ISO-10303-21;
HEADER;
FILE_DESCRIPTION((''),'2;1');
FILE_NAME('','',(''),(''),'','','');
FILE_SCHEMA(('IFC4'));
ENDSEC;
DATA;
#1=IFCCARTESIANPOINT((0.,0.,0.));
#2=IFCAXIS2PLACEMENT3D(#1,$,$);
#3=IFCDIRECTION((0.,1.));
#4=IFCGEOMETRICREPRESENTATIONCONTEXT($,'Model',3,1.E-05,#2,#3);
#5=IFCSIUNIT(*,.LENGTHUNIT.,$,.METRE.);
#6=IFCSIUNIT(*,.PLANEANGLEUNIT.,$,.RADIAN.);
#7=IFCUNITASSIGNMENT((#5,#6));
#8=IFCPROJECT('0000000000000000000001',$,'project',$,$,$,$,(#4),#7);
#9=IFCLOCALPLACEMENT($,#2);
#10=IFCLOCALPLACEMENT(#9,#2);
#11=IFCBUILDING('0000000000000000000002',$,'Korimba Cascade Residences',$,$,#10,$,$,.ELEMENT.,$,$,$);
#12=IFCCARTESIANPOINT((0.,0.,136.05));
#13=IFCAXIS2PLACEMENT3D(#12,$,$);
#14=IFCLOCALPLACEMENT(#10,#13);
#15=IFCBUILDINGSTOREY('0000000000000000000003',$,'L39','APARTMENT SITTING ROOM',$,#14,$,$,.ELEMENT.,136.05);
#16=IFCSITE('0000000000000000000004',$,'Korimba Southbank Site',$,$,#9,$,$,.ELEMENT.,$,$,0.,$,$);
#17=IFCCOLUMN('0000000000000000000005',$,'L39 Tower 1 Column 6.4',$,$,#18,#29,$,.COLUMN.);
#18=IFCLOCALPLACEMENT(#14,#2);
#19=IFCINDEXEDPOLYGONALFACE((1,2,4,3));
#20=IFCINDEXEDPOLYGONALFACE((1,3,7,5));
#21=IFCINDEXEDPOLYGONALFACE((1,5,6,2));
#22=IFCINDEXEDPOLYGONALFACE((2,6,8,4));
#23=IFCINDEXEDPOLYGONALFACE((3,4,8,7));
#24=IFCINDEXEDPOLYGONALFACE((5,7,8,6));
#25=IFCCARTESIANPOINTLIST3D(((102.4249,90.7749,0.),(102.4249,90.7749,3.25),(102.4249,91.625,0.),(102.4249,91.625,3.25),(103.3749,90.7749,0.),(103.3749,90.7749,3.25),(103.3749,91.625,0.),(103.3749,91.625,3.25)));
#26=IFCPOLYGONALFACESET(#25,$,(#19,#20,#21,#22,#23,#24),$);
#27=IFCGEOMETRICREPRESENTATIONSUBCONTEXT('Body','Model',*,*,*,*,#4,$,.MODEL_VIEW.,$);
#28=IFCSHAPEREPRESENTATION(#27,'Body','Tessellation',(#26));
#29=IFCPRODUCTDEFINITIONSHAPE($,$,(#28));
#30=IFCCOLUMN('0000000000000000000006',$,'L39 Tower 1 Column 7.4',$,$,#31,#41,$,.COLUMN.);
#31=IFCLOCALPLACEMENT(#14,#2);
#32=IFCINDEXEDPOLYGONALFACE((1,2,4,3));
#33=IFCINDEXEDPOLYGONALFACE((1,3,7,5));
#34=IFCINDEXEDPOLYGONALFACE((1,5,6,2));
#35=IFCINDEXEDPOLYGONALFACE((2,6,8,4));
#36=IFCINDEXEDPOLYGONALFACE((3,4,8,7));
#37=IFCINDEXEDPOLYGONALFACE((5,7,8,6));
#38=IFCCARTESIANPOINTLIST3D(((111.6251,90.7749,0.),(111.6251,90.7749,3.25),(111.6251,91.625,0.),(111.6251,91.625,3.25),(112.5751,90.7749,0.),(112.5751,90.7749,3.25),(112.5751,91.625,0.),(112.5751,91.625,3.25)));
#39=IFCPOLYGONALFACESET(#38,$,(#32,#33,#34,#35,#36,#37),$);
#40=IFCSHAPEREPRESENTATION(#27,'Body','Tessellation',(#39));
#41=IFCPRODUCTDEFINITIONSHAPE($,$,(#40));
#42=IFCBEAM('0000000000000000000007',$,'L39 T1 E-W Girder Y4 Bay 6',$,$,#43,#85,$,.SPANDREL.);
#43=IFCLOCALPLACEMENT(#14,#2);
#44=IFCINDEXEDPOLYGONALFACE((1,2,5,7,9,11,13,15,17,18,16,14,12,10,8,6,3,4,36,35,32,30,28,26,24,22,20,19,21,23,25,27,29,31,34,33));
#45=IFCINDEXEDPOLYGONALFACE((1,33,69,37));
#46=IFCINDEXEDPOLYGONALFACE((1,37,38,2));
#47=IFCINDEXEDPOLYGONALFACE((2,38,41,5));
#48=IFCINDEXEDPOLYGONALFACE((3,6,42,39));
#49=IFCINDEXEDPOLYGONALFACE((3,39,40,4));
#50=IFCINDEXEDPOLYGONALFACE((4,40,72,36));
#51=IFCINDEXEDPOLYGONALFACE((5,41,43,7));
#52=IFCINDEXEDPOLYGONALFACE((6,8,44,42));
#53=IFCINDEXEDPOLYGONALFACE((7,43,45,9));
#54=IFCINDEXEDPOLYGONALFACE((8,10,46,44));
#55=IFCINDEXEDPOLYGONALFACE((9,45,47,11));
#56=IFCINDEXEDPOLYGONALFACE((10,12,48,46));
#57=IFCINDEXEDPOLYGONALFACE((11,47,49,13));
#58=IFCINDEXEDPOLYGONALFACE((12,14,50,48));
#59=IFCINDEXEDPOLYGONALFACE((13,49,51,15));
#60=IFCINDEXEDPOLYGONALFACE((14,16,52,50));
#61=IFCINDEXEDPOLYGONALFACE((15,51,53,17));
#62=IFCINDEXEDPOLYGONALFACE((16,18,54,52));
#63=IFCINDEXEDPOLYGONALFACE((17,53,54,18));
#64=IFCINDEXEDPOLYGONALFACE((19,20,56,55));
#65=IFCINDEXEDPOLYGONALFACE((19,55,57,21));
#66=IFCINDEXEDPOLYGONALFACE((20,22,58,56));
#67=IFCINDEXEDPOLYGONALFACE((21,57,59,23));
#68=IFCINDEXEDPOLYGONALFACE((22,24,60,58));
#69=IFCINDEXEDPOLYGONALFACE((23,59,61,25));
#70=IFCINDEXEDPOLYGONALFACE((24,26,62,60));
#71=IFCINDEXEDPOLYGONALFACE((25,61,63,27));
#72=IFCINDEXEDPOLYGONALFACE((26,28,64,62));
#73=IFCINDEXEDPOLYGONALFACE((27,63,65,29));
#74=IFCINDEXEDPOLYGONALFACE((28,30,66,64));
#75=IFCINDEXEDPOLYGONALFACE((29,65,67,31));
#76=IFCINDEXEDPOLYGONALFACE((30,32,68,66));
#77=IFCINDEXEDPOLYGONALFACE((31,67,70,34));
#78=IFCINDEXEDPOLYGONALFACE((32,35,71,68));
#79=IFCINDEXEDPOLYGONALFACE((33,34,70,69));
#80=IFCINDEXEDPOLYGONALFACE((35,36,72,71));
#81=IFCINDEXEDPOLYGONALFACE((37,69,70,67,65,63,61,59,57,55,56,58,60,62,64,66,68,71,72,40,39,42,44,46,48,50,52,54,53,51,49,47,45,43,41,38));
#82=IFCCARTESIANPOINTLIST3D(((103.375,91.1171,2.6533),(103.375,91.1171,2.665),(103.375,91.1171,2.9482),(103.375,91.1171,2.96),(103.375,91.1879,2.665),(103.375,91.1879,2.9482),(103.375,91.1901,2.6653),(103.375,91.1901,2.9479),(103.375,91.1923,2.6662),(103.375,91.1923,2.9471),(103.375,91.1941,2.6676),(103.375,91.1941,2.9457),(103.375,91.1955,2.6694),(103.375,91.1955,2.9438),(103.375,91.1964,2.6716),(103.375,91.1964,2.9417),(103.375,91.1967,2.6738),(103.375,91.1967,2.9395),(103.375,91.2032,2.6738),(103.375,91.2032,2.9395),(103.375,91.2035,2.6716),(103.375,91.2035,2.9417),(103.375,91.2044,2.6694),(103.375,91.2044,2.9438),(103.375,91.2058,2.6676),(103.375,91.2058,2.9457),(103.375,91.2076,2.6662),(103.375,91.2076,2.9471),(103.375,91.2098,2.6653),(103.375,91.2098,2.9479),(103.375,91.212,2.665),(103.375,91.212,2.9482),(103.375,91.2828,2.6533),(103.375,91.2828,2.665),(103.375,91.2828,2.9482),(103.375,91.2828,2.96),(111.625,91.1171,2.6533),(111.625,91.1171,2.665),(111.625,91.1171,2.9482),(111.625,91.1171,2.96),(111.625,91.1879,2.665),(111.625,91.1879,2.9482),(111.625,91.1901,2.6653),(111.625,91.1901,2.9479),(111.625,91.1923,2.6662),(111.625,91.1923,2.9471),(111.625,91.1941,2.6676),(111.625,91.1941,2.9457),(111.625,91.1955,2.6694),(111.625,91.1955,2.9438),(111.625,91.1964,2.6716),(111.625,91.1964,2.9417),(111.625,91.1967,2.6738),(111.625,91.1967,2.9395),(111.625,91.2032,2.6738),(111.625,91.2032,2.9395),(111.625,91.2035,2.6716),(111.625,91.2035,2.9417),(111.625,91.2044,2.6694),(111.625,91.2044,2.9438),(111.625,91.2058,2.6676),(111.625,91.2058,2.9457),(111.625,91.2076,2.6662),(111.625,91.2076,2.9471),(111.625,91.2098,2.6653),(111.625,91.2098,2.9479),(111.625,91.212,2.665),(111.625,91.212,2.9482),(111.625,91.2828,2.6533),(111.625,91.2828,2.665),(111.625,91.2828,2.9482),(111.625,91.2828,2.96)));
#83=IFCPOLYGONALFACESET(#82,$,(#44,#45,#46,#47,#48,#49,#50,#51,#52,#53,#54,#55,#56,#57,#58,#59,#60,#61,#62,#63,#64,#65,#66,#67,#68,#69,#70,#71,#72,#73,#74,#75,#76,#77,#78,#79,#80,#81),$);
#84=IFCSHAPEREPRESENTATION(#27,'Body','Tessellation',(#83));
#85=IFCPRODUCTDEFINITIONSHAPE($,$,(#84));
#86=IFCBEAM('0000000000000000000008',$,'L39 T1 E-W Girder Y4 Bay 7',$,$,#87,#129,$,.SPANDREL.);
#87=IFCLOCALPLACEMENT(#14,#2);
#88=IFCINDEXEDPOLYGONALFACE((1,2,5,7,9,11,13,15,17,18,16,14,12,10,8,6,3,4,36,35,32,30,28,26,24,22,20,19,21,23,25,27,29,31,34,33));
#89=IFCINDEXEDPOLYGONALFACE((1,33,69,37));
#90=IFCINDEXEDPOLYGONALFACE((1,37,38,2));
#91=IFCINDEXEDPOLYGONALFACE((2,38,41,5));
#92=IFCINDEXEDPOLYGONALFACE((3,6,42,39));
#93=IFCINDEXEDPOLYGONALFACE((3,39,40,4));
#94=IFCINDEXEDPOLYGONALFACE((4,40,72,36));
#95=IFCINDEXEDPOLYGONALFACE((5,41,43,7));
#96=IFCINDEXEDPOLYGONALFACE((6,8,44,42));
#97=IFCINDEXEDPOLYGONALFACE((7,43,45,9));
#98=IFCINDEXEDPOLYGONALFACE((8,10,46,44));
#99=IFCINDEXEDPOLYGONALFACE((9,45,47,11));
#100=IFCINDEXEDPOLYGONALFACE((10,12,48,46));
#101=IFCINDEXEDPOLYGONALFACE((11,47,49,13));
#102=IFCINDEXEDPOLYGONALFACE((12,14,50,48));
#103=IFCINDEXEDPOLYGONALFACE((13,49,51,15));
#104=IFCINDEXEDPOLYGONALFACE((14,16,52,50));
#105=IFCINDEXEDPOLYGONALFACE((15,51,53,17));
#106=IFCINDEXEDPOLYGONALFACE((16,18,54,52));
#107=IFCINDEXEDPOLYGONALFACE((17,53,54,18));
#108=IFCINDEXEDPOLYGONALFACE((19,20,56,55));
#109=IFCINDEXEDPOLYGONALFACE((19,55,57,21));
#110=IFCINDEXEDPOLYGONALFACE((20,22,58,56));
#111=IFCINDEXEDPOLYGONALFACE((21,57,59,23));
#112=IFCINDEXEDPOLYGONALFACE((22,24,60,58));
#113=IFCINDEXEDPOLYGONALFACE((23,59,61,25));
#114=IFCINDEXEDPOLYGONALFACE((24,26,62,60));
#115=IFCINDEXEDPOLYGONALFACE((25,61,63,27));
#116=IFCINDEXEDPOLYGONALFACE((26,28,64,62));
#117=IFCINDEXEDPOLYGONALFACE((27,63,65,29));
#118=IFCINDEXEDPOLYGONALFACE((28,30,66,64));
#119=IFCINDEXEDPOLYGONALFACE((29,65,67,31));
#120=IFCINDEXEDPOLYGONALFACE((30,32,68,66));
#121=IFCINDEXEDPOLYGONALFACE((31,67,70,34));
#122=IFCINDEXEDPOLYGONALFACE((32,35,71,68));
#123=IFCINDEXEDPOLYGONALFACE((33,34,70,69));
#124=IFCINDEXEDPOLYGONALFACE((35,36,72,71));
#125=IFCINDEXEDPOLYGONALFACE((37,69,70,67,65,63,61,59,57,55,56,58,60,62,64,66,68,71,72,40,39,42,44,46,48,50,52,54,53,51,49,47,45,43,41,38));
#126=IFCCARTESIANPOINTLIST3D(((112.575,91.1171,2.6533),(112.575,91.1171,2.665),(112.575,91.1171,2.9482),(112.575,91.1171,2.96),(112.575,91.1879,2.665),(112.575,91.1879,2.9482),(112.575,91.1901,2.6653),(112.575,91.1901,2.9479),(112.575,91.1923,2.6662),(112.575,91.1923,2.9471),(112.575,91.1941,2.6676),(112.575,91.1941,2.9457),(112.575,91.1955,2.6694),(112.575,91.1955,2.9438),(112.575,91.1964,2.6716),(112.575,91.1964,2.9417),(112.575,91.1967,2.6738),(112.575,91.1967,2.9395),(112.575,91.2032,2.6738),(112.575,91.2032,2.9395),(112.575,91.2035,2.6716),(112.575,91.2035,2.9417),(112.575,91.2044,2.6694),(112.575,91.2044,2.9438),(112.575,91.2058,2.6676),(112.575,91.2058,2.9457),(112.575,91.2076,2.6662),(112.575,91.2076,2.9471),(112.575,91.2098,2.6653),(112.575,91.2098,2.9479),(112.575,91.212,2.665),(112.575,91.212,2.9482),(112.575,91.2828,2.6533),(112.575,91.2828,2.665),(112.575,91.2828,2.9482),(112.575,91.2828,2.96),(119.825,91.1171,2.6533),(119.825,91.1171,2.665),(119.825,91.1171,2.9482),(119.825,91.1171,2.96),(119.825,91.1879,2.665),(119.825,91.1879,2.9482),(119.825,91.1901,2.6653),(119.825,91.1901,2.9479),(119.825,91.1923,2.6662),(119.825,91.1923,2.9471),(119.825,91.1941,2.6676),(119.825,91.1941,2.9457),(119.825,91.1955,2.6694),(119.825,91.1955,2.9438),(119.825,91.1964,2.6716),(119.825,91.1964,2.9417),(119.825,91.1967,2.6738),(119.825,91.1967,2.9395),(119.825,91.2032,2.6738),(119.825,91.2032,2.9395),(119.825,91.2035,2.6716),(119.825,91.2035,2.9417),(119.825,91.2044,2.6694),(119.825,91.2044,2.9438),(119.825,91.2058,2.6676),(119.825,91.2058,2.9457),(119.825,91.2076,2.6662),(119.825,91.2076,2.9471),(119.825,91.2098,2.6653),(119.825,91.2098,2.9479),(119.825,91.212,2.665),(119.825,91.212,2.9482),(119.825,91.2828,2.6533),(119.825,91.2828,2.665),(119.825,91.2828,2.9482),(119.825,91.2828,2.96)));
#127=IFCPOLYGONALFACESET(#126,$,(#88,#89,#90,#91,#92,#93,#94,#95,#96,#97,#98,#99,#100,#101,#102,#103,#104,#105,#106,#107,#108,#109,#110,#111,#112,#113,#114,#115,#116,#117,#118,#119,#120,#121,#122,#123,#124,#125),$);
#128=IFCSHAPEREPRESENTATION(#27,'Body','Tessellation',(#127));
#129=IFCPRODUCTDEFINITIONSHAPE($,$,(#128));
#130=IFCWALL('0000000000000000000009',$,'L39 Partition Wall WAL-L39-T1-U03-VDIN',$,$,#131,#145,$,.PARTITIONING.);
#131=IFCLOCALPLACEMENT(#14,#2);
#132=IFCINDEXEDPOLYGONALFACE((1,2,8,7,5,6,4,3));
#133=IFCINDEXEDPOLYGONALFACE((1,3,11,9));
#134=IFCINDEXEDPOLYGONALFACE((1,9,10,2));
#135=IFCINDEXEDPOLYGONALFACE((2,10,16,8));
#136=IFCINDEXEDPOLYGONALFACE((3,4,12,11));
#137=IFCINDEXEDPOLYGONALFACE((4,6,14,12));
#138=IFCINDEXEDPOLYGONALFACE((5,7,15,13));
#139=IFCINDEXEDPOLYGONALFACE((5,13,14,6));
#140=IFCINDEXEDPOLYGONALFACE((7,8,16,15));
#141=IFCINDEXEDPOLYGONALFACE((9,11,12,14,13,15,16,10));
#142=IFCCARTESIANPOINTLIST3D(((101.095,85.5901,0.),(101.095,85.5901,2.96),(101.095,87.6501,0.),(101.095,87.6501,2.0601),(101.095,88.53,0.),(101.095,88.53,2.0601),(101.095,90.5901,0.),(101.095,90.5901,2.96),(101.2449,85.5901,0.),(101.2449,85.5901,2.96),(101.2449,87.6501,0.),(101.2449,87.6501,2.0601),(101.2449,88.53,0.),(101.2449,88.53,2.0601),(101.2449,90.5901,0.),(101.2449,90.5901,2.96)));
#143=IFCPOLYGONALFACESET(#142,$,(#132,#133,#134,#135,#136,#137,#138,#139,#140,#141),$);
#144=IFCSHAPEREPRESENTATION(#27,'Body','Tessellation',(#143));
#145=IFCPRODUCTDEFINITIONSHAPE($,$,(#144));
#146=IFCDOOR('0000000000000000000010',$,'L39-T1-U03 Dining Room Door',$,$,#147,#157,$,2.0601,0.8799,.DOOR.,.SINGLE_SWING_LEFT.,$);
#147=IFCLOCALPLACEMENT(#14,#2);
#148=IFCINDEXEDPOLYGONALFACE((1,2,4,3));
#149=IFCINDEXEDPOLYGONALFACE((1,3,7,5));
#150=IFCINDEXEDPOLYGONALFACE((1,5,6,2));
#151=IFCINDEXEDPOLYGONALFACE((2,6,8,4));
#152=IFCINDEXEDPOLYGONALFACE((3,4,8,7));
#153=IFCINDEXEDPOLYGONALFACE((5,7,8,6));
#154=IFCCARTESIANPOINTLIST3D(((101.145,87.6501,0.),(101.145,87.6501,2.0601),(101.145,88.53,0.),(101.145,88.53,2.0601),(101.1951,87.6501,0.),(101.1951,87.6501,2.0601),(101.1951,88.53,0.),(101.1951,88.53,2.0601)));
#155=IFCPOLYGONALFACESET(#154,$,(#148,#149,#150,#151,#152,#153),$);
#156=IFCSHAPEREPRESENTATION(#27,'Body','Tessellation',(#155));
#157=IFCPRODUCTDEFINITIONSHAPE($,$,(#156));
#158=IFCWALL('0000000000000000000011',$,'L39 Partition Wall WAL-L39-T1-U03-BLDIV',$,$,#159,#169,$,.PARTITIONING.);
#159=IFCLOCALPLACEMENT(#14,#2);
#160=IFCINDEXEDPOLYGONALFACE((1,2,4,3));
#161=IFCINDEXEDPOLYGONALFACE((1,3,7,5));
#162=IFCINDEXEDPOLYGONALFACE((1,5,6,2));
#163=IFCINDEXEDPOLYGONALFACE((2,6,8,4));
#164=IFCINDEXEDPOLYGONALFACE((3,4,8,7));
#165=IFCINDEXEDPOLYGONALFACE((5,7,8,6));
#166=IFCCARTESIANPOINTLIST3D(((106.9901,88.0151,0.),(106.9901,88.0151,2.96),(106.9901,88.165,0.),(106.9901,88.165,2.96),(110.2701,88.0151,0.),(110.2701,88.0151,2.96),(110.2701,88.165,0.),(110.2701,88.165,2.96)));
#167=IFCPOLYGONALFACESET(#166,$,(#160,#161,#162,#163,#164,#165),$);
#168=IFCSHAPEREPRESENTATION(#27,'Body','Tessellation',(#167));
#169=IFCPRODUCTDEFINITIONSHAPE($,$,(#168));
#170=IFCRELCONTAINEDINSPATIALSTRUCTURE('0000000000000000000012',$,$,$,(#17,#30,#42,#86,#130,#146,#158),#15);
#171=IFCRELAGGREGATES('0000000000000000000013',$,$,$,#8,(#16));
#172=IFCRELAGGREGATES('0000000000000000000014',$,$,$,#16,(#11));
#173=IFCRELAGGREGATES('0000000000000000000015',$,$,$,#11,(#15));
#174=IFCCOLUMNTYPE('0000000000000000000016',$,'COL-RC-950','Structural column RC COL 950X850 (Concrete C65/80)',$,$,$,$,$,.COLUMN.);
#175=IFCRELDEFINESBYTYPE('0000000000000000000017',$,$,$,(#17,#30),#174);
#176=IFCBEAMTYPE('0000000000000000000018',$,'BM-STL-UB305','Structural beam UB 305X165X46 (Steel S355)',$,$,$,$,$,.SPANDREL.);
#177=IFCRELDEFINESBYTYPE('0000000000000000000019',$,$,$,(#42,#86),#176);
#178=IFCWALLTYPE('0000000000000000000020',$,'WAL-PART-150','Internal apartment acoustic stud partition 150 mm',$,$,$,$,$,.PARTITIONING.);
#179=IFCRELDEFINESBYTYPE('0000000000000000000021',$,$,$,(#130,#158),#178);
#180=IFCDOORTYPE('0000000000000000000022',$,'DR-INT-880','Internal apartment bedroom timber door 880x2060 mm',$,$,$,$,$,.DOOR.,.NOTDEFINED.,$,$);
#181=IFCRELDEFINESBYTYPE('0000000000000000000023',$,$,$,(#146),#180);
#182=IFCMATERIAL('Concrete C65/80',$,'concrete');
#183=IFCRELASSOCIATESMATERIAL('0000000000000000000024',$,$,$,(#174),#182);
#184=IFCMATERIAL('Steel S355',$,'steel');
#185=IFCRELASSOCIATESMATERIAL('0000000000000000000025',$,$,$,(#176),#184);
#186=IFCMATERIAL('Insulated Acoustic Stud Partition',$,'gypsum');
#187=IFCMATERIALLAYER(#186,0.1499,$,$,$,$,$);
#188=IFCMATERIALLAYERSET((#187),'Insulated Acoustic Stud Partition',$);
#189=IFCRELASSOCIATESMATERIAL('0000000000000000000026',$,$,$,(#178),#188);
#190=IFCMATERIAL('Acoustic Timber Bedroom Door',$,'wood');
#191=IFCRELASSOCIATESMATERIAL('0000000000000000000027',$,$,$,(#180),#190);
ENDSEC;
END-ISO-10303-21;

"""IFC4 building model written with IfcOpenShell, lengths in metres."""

from ifc_helpers import new_model, si_unit, direction, frame, frame_2d, origin, origin_2d, place, context, subcontext, project, spatial, rectangle, i_section, extrude, material, layer, layer_set, material_profile, profile_set, type_object, element, fill, save


model = new_model("IFC4")

# Units and contexts
model_context = context("Model", 3, precision=1e-05, world=origin(), true_north=direction((0.0, 1.0)))
body_context = subcontext(model_context, "Body", "Model", "MODEL_VIEW")
ifc_project = project(units=[si_unit("LENGTHUNIT", "METRE"), si_unit("PLANEANGLEUNIT", "RADIAN")], contexts=[model_context])

# Site, building, storey
site_placement = place(None, origin())
site = spatial("IfcSite", under=ifc_project, at=site_placement, Name="Korimba Southbank Site", CompositionType="ELEMENT", RefElevation=0.0)
building_placement = place(site_placement, origin())
building = spatial("IfcBuilding", under=site, at=building_placement, Name="Korimba Cascade Residences", CompositionType="ELEMENT")
storey_placement = place(building_placement, frame((0.0, 0.0, 136.05)))
storey = spatial("IfcBuildingStorey", under=building, at=storey_placement, Name="L39", Description="APARTMENT SITTING ROOM", CompositionType="ELEMENT", Elevation=136.05)

# Columns
ifc_material_1 = material(Name="Concrete C65/80", Category="concrete")
ifc_material_profile_1 = material_profile(ifc_material_1, rectangle(XDim=0.95, YDim=0.8501, at=origin_2d()), Name="Concrete C65/80")
ifc_profile_set_1 = profile_set([ifc_material_profile_1], Name="Concrete C65/80")
column_type = type_object("IfcColumnType", Name="COL-RC-950", Description="Structural column RC COL 950X850 (Concrete C65/80)", PredefinedType="COLUMN", material=ifc_profile_set_1)
for number, where, z_axis, x_axis, name in (
    (1, (102.8999, 91.2, 0.0), (0.0, 0.0, 1.0), (1.0, 0.0, 0.0), "L39 Tower 1 Column 6.4"),
    (2, (112.1001, 91.2, 0.0), (0.0, 0.0, 1.0), (1.0, 0.0, 0.0), "L39 Tower 1 Column 7.4"),
):
    element("IfcColumn", number, at=place(storey_placement, frame(where, z_axis=z_axis, x_axis=x_axis)), inside=storey, type_object=column_type, Name=name, PredefinedType="COLUMN", context=body_context, shape_type="SweptSolid", body=[
        extrude(rectangle(XDim=0.95, YDim=0.8501, at=origin_2d()), origin(), (0.0, 0.0, 1.0), 3.25),
    ])

# Beams
ifc_material_2 = material(Name="Steel S355", Category="steel")
ifc_material_profile_2 = material_profile(ifc_material_2, i_section(OverallWidth=0.1658, OverallDepth=0.3066, WebThickness=0.0066, FlangeThickness=0.0117, FilletRadius=0.0088, at=origin_2d()), Name="Steel S355")
ifc_profile_set_2 = profile_set([ifc_material_profile_2], Name="Steel S355")
beam_type = type_object("IfcBeamType", Name="BM-STL-UB305", Description="Structural beam UB 305X165X46 (Steel S355)", PredefinedType="SPANDREL", material=ifc_profile_set_2)
beam_1_placement = place(storey_placement, frame((103.375, 91.2, 2.8066), z_axis=(1.0, 0.0, 0.0), x_axis=(0.0, 1.0, 0.0)))
element("IfcBeam", 3, at=beam_1_placement, inside=storey, type_object=beam_type, Name="L39 T1 E-W Girder Y4 Bay 6", PredefinedType="SPANDREL", context=body_context, shape_type="SweptSolid", body=[
    extrude(i_section(OverallWidth=0.1658, OverallDepth=0.3066, WebThickness=0.0066, FlangeThickness=0.0117, FilletRadius=0.0088, at=origin_2d()), origin(), (0.0, 0.0, 1.0), 8.25),
])
beam_2_placement = place(storey_placement, frame((112.575, 91.2, 2.8066), z_axis=(1.0, 0.0, 0.0), x_axis=(0.0, 1.0, 0.0)))
element("IfcBeam", 4, at=beam_2_placement, inside=storey, type_object=beam_type, Name="L39 T1 E-W Girder Y4 Bay 7", PredefinedType="SPANDREL", context=body_context, shape_type="SweptSolid", body=[
    extrude(i_section(OverallWidth=0.1658, OverallDepth=0.3066, WebThickness=0.0066, FlangeThickness=0.0117, FilletRadius=0.0088, at=origin_2d()), origin(), (0.0, 0.0, 1.0), 7.25),
])

# Wall, opening, door
ifc_material_3 = material(Name="Insulated Acoustic Stud Partition", Category="gypsum")
ifc_layer = layer(ifc_material_3, 0.1499)
ifc_layer_set = layer_set([ifc_layer], Name="Insulated Acoustic Stud Partition")
wall_type = type_object("IfcWallType", Name="WAL-PART-150", Description="Internal apartment acoustic stud partition 150 mm", PredefinedType="PARTITIONING", material=ifc_layer_set)
wall_1_placement = place(storey_placement, frame((101.1699, 85.5901, 0.0), z_axis=(0.0, 0.0, 1.0), x_axis=(0.0, 1.0, 0.0)))
wall_1 = element("IfcWall", 5, at=wall_1_placement, inside=storey, type_object=wall_type, Name="L39 Partition Wall WAL-L39-T1-U03-VDIN", PredefinedType="PARTITIONING", context=body_context, shape_type="SweptSolid", body=[
    extrude(rectangle(XDim=5.0, YDim=0.1499, at=frame_2d((2.5, 0.0))), origin(), (0.0, 0.0, 1.0), 2.96),
])
opening_1_placement = place(wall_1_placement, frame((2.0601, 0.0, 0.0)))
opening_1 = element("IfcOpeningElement", 6, at=opening_1_placement, cuts=wall_1, PredefinedType="OPENING", context=body_context, shape_type="SweptSolid", body=[
    extrude(rectangle(XDim=0.8799, YDim=2.0601, at=frame_2d((0.4399, 1.03))), frame((0.0, 0.085, 0.0), z_axis=(0.0, -1.0, 0.0), x_axis=(1.0, 0.0, 0.0)), (0.0, 0.0, 1.0), 0.1699),
])
ifc_material_4 = material(Name="Acoustic Timber Bedroom Door", Category="wood")
door_type_1 = type_object("IfcDoorType", Name="DR-INT-880", Description="Internal apartment bedroom timber door 880x2060 mm", OperationType="NOTDEFINED", PredefinedType="DOOR", material=ifc_material_4)
door_1_placement = place(opening_1_placement, origin())
door_1 = element("IfcDoor", 7, at=door_1_placement, inside=storey, type_object=door_type_1, Name="L39-T1-U03 Dining Room Door", OperationType="SINGLE_SWING_LEFT", OverallHeight=2.0601, OverallWidth=0.8799, PredefinedType="DOOR", context=body_context, shape_type="SweptSolid", body=[
    extrude(rectangle(XDim=0.8799, YDim=2.0601, at=frame_2d((0.4399, 1.03))), frame((0.0, 0.0249, 0.0), z_axis=(0.0, -1.0, 0.0), x_axis=(1.0, 0.0, 0.0)), (0.0, 0.0, 1.0), 0.05),
])
fill(opening_1, door_1)

# Wall
wall_2_placement = place(storey_placement, frame((106.99, 88.0901, 0.0), z_axis=(0.0, 0.0, 1.0), x_axis=(1.0, 0.0, 0.0)))
element("IfcWall", 8, at=wall_2_placement, inside=storey, type_object=wall_type, Name="L39 Partition Wall WAL-L39-T1-U03-BLDIV", PredefinedType="PARTITIONING", context=body_context, shape_type="SweptSolid", body=[
    extrude(rectangle(XDim=3.28, YDim=0.1499, at=frame_2d((1.6401, 0.0))), origin(), (0.0, 0.0, 1.0), 2.96),
])

save(model, "model.ifc")
